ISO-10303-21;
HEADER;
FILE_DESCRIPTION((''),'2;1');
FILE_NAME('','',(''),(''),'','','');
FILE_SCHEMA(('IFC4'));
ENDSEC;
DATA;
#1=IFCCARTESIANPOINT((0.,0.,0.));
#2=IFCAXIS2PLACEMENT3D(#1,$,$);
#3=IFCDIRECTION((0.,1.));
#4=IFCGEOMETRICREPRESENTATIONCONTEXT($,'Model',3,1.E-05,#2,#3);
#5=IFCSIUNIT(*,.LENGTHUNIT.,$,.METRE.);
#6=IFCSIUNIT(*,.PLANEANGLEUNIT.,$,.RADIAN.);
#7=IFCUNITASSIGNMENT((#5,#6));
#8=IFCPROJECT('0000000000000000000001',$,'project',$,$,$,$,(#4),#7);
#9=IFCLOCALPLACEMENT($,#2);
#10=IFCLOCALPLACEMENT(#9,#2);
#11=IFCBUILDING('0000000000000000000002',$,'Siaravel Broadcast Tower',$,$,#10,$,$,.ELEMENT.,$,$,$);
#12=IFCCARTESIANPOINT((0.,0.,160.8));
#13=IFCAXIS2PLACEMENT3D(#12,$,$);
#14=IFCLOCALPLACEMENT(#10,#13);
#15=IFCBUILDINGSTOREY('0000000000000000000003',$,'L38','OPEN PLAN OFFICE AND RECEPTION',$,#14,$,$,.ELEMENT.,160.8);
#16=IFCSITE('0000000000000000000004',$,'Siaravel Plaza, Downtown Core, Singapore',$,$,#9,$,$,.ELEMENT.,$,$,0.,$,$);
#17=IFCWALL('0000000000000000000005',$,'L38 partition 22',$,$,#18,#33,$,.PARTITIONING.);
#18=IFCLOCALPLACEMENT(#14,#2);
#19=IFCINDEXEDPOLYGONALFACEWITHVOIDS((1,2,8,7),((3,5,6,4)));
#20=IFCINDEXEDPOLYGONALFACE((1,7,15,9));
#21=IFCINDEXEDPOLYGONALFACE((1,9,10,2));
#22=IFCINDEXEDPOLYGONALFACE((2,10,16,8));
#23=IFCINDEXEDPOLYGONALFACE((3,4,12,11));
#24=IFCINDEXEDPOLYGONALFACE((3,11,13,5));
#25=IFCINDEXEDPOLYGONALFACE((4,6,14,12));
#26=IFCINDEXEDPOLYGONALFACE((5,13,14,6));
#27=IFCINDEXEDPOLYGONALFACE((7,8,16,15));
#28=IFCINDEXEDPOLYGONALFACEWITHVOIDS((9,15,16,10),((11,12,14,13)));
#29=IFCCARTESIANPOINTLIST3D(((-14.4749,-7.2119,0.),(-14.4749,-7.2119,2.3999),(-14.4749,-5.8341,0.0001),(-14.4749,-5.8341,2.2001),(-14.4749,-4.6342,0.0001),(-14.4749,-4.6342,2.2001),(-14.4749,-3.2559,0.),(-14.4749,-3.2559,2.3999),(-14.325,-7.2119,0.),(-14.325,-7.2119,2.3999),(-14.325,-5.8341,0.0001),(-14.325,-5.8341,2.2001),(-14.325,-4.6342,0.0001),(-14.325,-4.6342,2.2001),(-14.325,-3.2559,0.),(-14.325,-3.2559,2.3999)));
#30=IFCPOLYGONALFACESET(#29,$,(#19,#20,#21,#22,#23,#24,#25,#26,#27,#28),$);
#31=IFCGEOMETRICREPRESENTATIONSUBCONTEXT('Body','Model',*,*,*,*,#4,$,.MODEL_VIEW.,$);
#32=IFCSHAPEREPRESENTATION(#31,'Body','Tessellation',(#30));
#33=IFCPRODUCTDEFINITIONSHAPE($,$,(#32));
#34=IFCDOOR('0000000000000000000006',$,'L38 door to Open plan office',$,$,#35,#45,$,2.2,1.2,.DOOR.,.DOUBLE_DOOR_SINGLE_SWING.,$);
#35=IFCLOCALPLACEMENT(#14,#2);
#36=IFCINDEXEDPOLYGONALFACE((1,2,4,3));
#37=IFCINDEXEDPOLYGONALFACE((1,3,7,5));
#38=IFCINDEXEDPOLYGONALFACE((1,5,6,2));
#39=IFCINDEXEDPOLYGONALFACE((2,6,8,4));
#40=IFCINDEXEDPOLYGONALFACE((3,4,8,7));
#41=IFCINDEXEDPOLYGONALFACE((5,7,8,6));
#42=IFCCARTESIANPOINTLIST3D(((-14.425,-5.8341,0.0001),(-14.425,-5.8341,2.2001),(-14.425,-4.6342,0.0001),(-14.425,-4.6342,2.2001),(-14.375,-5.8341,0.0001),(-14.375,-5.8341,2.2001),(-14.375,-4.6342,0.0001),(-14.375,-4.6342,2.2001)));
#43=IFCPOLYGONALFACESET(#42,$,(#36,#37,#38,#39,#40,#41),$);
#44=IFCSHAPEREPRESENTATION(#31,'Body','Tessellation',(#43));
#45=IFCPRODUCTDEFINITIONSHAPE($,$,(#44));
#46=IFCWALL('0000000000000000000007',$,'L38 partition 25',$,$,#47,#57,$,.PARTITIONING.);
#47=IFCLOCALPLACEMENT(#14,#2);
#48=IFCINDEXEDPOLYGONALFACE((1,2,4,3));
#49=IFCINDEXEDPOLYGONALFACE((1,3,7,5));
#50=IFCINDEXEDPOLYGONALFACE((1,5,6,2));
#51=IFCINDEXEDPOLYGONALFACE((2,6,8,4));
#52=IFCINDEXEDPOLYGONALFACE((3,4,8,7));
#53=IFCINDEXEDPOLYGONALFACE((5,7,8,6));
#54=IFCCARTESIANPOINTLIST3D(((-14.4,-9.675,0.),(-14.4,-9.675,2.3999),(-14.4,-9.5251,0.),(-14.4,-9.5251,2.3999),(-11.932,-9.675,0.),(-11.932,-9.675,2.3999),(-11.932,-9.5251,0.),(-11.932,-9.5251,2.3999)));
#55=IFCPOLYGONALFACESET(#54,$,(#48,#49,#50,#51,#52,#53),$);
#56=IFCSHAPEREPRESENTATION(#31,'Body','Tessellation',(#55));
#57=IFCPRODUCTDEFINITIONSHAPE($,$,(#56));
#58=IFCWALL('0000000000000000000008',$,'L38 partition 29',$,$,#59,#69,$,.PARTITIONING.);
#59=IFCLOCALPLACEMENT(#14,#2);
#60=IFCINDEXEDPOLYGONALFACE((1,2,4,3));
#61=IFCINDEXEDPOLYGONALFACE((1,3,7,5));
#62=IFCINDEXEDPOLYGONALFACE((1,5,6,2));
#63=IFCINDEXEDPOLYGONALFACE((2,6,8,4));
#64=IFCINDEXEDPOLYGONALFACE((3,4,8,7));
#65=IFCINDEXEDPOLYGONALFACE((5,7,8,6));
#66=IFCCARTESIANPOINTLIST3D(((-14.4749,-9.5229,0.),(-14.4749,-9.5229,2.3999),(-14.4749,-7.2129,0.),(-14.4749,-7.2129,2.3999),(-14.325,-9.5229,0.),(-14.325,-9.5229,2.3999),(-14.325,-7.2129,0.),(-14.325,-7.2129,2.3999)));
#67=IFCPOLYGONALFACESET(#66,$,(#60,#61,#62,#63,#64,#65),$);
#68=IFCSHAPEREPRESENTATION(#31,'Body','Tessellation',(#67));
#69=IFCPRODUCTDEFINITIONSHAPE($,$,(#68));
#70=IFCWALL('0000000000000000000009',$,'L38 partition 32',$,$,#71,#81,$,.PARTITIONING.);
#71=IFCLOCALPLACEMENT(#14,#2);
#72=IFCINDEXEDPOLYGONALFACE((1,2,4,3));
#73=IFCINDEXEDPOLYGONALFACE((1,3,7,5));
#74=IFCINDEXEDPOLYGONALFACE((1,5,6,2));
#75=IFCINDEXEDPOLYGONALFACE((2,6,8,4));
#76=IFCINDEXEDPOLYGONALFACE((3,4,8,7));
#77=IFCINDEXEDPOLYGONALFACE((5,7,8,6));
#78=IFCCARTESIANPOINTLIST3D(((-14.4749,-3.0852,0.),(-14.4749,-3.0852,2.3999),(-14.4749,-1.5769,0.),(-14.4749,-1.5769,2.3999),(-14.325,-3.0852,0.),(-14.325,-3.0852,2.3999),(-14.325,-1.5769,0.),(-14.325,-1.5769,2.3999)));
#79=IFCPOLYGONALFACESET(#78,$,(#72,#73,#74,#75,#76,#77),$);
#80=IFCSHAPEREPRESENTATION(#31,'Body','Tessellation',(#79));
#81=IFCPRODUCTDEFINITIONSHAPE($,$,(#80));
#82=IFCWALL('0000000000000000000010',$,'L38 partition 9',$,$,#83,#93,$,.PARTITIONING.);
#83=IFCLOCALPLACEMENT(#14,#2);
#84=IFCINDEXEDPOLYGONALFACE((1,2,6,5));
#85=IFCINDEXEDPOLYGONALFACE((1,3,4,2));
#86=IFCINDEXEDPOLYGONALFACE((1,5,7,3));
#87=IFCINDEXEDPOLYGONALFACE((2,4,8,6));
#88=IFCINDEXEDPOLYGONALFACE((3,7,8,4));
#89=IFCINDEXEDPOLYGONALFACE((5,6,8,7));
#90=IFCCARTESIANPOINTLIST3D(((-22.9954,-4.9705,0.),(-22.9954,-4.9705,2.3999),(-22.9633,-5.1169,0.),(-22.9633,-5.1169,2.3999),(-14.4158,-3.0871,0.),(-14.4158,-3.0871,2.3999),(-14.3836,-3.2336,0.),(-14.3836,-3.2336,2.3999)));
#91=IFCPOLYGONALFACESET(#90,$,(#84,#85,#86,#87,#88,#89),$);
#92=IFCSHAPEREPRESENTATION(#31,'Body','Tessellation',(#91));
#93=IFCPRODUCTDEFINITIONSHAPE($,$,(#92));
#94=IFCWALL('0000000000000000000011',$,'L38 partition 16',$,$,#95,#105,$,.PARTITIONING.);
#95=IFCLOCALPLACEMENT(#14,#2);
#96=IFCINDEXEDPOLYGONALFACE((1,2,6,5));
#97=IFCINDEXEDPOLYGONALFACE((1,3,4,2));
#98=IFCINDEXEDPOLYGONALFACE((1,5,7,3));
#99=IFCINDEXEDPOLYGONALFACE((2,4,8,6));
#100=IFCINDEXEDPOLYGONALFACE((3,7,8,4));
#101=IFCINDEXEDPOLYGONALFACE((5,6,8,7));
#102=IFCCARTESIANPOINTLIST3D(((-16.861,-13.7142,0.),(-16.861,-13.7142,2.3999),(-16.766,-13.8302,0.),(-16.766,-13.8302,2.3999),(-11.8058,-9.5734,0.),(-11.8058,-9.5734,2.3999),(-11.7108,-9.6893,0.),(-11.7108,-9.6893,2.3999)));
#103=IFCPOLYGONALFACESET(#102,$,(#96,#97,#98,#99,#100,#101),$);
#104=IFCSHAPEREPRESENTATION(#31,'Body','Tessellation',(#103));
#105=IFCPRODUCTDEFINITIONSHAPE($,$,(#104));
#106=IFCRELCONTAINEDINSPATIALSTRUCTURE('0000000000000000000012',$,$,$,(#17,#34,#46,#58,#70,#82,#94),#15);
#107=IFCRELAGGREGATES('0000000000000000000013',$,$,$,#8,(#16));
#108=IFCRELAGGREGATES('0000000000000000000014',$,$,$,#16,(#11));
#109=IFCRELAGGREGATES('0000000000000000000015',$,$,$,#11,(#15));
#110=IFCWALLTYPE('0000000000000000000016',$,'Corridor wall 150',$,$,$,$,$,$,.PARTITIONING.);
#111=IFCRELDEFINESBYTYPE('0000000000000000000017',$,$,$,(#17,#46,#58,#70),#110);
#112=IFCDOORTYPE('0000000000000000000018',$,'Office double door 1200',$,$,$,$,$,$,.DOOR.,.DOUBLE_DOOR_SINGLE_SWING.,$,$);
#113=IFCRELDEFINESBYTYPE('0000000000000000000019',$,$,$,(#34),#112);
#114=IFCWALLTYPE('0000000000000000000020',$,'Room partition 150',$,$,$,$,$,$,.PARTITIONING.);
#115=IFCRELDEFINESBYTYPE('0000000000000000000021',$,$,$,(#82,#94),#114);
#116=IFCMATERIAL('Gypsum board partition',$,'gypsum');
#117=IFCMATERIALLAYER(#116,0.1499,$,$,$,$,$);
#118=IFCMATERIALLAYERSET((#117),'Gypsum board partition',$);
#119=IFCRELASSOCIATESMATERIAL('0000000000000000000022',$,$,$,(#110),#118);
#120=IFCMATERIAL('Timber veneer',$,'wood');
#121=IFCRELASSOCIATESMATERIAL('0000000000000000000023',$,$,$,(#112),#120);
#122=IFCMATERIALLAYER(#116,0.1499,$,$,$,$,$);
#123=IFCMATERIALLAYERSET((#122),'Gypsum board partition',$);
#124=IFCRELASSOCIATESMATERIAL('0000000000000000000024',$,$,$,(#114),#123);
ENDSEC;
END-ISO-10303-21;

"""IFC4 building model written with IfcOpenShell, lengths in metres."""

from ifc_helpers import new_model, si_unit, direction, frame, frame_2d, origin, place, context, subcontext, project, spatial, rectangle, extrude, material, layer, layer_set, type_object, element, fill, save


model = new_model("IFC4")

# Units and contexts
model_context = context("Model", 3, precision=1e-05, world=origin(), true_north=direction((0.0, 1.0)))
body_context = subcontext(model_context, "Body", "Model", "MODEL_VIEW")
ifc_project = project(units=[si_unit("LENGTHUNIT", "METRE"), si_unit("PLANEANGLEUNIT", "RADIAN")], contexts=[model_context])

# Site, building, storey
site_placement = place(None, origin())
site = spatial("IfcSite", under=ifc_project, at=site_placement, Name="Siaravel Plaza, Downtown Core, Singapore", CompositionType="ELEMENT", RefElevation=0.0)
building_placement = place(site_placement, origin())
building = spatial("IfcBuilding", under=site, at=building_placement, Name="Siaravel Broadcast Tower", CompositionType="ELEMENT")
storey_placement = place(building_placement, frame((0.0, 0.0, 160.8)))
storey = spatial("IfcBuildingStorey", under=building, at=storey_placement, Name="L38", Description="OPEN PLAN OFFICE AND RECEPTION", CompositionType="ELEMENT", Elevation=160.8)

# Wall, opening, door
ifc_material_1 = material(Name="Gypsum board partition", Category="gypsum")
ifc_layer_1 = layer(ifc_material_1, 0.1499)
ifc_layer_set_1 = layer_set([ifc_layer_1], Name="Gypsum board partition")
wall_type_1 = type_object("IfcWallType", Name="Corridor wall 150", PredefinedType="PARTITIONING", material=ifc_layer_set_1)
ifc_material_2 = material(Name="Timber veneer", Category="wood")
door_type = type_object("IfcDoorType", Name="Office double door 1200", OperationType="DOUBLE_DOOR_SINGLE_SWING", PredefinedType="DOOR", material=ifc_material_2)
wall_1_placement = place(storey_placement, frame((-14.3999, -3.2559, 0.0), z_axis=(0.0, 0.0, 1.0), x_axis=(0.0, -1.0, 0.0)))
wall_1 = element("IfcWall", 1, at=wall_1_placement, inside=storey, type_object=wall_type_1, Name="L38 partition 22", PredefinedType="PARTITIONING", context=body_context, shape_type="SweptSolid", body=[
    extrude(rectangle(XDim=3.9561, YDim=0.1499, at=frame_2d((1.978, 0.0))), origin(), (0.0, 0.0, 1.0), 2.3999),
])
opening_1_placement = place(wall_1_placement, frame((1.3782, 0.0, 0.0)))
opening_1 = element("IfcOpeningElement", 2, at=opening_1_placement, cuts=wall_1, PredefinedType="OPENING", context=body_context, shape_type="SweptSolid", body=[
    extrude(rectangle(XDim=1.2, YDim=2.2, at=frame_2d((0.6001, 1.1001))), frame((0.0, 0.085, 0.0), z_axis=(0.0, -1.0, 0.0), x_axis=(1.0, 0.0, 0.0)), (0.0, 0.0, 1.0), 0.1699),
])
door_1_placement = place(opening_1_placement, origin())
door_1 = element("IfcDoor", 3, at=door_1_placement, inside=storey, type_object=door_type, Name="L38 door to Open plan office", OperationType="DOUBLE_DOOR_SINGLE_SWING", OverallHeight=2.2, OverallWidth=1.2, PredefinedType="DOOR", context=body_context, shape_type="SweptSolid", body=[
    extrude(rectangle(XDim=1.2, YDim=2.2, at=frame_2d((0.6001, 1.1001))), frame((0.0, 0.0249, 0.0), z_axis=(0.0, -1.0, 0.0), x_axis=(1.0, 0.0, 0.0)), (0.0, 0.0, 1.0), 0.05),
])
fill(opening_1, door_1)

# Walls
wall_2_placement = place(storey_placement, frame((-14.3999, -9.6001, 0.0), z_axis=(0.0, 0.0, 1.0), x_axis=(1.0, 0.0, 0.0)))
element("IfcWall", 4, at=wall_2_placement, inside=storey, type_object=wall_type_1, Name="L38 partition 25", PredefinedType="PARTITIONING", context=body_context, shape_type="SweptSolid", body=[
    extrude(rectangle(XDim=2.468, YDim=0.1499, at=frame_2d((1.2339, 0.0))), origin(), (0.0, 0.0, 1.0), 2.3999),
])
wall_3_placement = place(storey_placement, frame((-14.3999, -7.2129, 0.0), z_axis=(0.0, 0.0, 1.0), x_axis=(0.0, -1.0, 0.0)))
element("IfcWall", 5, at=wall_3_placement, inside=storey, type_object=wall_type_1, Name="L38 partition 29", PredefinedType="PARTITIONING", context=body_context, shape_type="SweptSolid", body=[
    extrude(rectangle(XDim=2.3101, YDim=0.1499, at=frame_2d((1.155, 0.0))), origin(), (0.0, 0.0, 1.0), 2.3999),
])
wall_4_placement = place(storey_placement, frame((-14.3999, -1.5769, 0.0), z_axis=(0.0, 0.0, 1.0), x_axis=(0.0, -1.0, 0.0)))
element("IfcWall", 6, at=wall_4_placement, inside=storey, type_object=wall_type_1, Name="L38 partition 32", PredefinedType="PARTITIONING", context=body_context, shape_type="SweptSolid", body=[
    extrude(rectangle(XDim=1.5083, YDim=0.1499, at=frame_2d((0.7542, 0.0))), origin(), (0.0, 0.0, 1.0), 2.3999),
])
ifc_layer_2 = layer(ifc_material_1, 0.1499)
ifc_layer_set_2 = layer_set([ifc_layer_2], Name="Gypsum board partition")
wall_type_2 = type_object("IfcWallType", Name="Room partition 150", PredefinedType="PARTITIONING", material=ifc_layer_set_2)
wall_5_placement = place(storey_placement, frame((-22.9795, -5.0437, 0.0), z_axis=(0.0, 0.0, 1.0), x_axis=(0.976745, 0.214405, 0.0)))
element("IfcWall", 7, at=wall_5_placement, inside=storey, type_object=wall_type_2, Name="L38 partition 9", PredefinedType="PARTITIONING", context=body_context, shape_type="SweptSolid", body=[
    extrude(rectangle(XDim=8.7839, YDim=0.1499, at=frame_2d((4.3921, 0.0))), origin(), (0.0, 0.0, 1.0), 2.3999),
])
wall_6_placement = place(storey_placement, frame((-16.8135, -13.7722, 0.0), z_axis=(0.0, 0.0, 1.0), x_axis=(0.773596, 0.633679, 0.0)))
element("IfcWall", 8, at=wall_6_placement, inside=storey, type_object=wall_type_2, Name="L38 partition 16", PredefinedType="PARTITIONING", context=body_context, shape_type="SweptSolid", body=[
    extrude(rectangle(XDim=6.5347, YDim=0.1499, at=frame_2d((3.2673, 0.0))), origin(), (0.0, 0.0, 1.0), 2.3999),
])

save(model, "model.ifc")
